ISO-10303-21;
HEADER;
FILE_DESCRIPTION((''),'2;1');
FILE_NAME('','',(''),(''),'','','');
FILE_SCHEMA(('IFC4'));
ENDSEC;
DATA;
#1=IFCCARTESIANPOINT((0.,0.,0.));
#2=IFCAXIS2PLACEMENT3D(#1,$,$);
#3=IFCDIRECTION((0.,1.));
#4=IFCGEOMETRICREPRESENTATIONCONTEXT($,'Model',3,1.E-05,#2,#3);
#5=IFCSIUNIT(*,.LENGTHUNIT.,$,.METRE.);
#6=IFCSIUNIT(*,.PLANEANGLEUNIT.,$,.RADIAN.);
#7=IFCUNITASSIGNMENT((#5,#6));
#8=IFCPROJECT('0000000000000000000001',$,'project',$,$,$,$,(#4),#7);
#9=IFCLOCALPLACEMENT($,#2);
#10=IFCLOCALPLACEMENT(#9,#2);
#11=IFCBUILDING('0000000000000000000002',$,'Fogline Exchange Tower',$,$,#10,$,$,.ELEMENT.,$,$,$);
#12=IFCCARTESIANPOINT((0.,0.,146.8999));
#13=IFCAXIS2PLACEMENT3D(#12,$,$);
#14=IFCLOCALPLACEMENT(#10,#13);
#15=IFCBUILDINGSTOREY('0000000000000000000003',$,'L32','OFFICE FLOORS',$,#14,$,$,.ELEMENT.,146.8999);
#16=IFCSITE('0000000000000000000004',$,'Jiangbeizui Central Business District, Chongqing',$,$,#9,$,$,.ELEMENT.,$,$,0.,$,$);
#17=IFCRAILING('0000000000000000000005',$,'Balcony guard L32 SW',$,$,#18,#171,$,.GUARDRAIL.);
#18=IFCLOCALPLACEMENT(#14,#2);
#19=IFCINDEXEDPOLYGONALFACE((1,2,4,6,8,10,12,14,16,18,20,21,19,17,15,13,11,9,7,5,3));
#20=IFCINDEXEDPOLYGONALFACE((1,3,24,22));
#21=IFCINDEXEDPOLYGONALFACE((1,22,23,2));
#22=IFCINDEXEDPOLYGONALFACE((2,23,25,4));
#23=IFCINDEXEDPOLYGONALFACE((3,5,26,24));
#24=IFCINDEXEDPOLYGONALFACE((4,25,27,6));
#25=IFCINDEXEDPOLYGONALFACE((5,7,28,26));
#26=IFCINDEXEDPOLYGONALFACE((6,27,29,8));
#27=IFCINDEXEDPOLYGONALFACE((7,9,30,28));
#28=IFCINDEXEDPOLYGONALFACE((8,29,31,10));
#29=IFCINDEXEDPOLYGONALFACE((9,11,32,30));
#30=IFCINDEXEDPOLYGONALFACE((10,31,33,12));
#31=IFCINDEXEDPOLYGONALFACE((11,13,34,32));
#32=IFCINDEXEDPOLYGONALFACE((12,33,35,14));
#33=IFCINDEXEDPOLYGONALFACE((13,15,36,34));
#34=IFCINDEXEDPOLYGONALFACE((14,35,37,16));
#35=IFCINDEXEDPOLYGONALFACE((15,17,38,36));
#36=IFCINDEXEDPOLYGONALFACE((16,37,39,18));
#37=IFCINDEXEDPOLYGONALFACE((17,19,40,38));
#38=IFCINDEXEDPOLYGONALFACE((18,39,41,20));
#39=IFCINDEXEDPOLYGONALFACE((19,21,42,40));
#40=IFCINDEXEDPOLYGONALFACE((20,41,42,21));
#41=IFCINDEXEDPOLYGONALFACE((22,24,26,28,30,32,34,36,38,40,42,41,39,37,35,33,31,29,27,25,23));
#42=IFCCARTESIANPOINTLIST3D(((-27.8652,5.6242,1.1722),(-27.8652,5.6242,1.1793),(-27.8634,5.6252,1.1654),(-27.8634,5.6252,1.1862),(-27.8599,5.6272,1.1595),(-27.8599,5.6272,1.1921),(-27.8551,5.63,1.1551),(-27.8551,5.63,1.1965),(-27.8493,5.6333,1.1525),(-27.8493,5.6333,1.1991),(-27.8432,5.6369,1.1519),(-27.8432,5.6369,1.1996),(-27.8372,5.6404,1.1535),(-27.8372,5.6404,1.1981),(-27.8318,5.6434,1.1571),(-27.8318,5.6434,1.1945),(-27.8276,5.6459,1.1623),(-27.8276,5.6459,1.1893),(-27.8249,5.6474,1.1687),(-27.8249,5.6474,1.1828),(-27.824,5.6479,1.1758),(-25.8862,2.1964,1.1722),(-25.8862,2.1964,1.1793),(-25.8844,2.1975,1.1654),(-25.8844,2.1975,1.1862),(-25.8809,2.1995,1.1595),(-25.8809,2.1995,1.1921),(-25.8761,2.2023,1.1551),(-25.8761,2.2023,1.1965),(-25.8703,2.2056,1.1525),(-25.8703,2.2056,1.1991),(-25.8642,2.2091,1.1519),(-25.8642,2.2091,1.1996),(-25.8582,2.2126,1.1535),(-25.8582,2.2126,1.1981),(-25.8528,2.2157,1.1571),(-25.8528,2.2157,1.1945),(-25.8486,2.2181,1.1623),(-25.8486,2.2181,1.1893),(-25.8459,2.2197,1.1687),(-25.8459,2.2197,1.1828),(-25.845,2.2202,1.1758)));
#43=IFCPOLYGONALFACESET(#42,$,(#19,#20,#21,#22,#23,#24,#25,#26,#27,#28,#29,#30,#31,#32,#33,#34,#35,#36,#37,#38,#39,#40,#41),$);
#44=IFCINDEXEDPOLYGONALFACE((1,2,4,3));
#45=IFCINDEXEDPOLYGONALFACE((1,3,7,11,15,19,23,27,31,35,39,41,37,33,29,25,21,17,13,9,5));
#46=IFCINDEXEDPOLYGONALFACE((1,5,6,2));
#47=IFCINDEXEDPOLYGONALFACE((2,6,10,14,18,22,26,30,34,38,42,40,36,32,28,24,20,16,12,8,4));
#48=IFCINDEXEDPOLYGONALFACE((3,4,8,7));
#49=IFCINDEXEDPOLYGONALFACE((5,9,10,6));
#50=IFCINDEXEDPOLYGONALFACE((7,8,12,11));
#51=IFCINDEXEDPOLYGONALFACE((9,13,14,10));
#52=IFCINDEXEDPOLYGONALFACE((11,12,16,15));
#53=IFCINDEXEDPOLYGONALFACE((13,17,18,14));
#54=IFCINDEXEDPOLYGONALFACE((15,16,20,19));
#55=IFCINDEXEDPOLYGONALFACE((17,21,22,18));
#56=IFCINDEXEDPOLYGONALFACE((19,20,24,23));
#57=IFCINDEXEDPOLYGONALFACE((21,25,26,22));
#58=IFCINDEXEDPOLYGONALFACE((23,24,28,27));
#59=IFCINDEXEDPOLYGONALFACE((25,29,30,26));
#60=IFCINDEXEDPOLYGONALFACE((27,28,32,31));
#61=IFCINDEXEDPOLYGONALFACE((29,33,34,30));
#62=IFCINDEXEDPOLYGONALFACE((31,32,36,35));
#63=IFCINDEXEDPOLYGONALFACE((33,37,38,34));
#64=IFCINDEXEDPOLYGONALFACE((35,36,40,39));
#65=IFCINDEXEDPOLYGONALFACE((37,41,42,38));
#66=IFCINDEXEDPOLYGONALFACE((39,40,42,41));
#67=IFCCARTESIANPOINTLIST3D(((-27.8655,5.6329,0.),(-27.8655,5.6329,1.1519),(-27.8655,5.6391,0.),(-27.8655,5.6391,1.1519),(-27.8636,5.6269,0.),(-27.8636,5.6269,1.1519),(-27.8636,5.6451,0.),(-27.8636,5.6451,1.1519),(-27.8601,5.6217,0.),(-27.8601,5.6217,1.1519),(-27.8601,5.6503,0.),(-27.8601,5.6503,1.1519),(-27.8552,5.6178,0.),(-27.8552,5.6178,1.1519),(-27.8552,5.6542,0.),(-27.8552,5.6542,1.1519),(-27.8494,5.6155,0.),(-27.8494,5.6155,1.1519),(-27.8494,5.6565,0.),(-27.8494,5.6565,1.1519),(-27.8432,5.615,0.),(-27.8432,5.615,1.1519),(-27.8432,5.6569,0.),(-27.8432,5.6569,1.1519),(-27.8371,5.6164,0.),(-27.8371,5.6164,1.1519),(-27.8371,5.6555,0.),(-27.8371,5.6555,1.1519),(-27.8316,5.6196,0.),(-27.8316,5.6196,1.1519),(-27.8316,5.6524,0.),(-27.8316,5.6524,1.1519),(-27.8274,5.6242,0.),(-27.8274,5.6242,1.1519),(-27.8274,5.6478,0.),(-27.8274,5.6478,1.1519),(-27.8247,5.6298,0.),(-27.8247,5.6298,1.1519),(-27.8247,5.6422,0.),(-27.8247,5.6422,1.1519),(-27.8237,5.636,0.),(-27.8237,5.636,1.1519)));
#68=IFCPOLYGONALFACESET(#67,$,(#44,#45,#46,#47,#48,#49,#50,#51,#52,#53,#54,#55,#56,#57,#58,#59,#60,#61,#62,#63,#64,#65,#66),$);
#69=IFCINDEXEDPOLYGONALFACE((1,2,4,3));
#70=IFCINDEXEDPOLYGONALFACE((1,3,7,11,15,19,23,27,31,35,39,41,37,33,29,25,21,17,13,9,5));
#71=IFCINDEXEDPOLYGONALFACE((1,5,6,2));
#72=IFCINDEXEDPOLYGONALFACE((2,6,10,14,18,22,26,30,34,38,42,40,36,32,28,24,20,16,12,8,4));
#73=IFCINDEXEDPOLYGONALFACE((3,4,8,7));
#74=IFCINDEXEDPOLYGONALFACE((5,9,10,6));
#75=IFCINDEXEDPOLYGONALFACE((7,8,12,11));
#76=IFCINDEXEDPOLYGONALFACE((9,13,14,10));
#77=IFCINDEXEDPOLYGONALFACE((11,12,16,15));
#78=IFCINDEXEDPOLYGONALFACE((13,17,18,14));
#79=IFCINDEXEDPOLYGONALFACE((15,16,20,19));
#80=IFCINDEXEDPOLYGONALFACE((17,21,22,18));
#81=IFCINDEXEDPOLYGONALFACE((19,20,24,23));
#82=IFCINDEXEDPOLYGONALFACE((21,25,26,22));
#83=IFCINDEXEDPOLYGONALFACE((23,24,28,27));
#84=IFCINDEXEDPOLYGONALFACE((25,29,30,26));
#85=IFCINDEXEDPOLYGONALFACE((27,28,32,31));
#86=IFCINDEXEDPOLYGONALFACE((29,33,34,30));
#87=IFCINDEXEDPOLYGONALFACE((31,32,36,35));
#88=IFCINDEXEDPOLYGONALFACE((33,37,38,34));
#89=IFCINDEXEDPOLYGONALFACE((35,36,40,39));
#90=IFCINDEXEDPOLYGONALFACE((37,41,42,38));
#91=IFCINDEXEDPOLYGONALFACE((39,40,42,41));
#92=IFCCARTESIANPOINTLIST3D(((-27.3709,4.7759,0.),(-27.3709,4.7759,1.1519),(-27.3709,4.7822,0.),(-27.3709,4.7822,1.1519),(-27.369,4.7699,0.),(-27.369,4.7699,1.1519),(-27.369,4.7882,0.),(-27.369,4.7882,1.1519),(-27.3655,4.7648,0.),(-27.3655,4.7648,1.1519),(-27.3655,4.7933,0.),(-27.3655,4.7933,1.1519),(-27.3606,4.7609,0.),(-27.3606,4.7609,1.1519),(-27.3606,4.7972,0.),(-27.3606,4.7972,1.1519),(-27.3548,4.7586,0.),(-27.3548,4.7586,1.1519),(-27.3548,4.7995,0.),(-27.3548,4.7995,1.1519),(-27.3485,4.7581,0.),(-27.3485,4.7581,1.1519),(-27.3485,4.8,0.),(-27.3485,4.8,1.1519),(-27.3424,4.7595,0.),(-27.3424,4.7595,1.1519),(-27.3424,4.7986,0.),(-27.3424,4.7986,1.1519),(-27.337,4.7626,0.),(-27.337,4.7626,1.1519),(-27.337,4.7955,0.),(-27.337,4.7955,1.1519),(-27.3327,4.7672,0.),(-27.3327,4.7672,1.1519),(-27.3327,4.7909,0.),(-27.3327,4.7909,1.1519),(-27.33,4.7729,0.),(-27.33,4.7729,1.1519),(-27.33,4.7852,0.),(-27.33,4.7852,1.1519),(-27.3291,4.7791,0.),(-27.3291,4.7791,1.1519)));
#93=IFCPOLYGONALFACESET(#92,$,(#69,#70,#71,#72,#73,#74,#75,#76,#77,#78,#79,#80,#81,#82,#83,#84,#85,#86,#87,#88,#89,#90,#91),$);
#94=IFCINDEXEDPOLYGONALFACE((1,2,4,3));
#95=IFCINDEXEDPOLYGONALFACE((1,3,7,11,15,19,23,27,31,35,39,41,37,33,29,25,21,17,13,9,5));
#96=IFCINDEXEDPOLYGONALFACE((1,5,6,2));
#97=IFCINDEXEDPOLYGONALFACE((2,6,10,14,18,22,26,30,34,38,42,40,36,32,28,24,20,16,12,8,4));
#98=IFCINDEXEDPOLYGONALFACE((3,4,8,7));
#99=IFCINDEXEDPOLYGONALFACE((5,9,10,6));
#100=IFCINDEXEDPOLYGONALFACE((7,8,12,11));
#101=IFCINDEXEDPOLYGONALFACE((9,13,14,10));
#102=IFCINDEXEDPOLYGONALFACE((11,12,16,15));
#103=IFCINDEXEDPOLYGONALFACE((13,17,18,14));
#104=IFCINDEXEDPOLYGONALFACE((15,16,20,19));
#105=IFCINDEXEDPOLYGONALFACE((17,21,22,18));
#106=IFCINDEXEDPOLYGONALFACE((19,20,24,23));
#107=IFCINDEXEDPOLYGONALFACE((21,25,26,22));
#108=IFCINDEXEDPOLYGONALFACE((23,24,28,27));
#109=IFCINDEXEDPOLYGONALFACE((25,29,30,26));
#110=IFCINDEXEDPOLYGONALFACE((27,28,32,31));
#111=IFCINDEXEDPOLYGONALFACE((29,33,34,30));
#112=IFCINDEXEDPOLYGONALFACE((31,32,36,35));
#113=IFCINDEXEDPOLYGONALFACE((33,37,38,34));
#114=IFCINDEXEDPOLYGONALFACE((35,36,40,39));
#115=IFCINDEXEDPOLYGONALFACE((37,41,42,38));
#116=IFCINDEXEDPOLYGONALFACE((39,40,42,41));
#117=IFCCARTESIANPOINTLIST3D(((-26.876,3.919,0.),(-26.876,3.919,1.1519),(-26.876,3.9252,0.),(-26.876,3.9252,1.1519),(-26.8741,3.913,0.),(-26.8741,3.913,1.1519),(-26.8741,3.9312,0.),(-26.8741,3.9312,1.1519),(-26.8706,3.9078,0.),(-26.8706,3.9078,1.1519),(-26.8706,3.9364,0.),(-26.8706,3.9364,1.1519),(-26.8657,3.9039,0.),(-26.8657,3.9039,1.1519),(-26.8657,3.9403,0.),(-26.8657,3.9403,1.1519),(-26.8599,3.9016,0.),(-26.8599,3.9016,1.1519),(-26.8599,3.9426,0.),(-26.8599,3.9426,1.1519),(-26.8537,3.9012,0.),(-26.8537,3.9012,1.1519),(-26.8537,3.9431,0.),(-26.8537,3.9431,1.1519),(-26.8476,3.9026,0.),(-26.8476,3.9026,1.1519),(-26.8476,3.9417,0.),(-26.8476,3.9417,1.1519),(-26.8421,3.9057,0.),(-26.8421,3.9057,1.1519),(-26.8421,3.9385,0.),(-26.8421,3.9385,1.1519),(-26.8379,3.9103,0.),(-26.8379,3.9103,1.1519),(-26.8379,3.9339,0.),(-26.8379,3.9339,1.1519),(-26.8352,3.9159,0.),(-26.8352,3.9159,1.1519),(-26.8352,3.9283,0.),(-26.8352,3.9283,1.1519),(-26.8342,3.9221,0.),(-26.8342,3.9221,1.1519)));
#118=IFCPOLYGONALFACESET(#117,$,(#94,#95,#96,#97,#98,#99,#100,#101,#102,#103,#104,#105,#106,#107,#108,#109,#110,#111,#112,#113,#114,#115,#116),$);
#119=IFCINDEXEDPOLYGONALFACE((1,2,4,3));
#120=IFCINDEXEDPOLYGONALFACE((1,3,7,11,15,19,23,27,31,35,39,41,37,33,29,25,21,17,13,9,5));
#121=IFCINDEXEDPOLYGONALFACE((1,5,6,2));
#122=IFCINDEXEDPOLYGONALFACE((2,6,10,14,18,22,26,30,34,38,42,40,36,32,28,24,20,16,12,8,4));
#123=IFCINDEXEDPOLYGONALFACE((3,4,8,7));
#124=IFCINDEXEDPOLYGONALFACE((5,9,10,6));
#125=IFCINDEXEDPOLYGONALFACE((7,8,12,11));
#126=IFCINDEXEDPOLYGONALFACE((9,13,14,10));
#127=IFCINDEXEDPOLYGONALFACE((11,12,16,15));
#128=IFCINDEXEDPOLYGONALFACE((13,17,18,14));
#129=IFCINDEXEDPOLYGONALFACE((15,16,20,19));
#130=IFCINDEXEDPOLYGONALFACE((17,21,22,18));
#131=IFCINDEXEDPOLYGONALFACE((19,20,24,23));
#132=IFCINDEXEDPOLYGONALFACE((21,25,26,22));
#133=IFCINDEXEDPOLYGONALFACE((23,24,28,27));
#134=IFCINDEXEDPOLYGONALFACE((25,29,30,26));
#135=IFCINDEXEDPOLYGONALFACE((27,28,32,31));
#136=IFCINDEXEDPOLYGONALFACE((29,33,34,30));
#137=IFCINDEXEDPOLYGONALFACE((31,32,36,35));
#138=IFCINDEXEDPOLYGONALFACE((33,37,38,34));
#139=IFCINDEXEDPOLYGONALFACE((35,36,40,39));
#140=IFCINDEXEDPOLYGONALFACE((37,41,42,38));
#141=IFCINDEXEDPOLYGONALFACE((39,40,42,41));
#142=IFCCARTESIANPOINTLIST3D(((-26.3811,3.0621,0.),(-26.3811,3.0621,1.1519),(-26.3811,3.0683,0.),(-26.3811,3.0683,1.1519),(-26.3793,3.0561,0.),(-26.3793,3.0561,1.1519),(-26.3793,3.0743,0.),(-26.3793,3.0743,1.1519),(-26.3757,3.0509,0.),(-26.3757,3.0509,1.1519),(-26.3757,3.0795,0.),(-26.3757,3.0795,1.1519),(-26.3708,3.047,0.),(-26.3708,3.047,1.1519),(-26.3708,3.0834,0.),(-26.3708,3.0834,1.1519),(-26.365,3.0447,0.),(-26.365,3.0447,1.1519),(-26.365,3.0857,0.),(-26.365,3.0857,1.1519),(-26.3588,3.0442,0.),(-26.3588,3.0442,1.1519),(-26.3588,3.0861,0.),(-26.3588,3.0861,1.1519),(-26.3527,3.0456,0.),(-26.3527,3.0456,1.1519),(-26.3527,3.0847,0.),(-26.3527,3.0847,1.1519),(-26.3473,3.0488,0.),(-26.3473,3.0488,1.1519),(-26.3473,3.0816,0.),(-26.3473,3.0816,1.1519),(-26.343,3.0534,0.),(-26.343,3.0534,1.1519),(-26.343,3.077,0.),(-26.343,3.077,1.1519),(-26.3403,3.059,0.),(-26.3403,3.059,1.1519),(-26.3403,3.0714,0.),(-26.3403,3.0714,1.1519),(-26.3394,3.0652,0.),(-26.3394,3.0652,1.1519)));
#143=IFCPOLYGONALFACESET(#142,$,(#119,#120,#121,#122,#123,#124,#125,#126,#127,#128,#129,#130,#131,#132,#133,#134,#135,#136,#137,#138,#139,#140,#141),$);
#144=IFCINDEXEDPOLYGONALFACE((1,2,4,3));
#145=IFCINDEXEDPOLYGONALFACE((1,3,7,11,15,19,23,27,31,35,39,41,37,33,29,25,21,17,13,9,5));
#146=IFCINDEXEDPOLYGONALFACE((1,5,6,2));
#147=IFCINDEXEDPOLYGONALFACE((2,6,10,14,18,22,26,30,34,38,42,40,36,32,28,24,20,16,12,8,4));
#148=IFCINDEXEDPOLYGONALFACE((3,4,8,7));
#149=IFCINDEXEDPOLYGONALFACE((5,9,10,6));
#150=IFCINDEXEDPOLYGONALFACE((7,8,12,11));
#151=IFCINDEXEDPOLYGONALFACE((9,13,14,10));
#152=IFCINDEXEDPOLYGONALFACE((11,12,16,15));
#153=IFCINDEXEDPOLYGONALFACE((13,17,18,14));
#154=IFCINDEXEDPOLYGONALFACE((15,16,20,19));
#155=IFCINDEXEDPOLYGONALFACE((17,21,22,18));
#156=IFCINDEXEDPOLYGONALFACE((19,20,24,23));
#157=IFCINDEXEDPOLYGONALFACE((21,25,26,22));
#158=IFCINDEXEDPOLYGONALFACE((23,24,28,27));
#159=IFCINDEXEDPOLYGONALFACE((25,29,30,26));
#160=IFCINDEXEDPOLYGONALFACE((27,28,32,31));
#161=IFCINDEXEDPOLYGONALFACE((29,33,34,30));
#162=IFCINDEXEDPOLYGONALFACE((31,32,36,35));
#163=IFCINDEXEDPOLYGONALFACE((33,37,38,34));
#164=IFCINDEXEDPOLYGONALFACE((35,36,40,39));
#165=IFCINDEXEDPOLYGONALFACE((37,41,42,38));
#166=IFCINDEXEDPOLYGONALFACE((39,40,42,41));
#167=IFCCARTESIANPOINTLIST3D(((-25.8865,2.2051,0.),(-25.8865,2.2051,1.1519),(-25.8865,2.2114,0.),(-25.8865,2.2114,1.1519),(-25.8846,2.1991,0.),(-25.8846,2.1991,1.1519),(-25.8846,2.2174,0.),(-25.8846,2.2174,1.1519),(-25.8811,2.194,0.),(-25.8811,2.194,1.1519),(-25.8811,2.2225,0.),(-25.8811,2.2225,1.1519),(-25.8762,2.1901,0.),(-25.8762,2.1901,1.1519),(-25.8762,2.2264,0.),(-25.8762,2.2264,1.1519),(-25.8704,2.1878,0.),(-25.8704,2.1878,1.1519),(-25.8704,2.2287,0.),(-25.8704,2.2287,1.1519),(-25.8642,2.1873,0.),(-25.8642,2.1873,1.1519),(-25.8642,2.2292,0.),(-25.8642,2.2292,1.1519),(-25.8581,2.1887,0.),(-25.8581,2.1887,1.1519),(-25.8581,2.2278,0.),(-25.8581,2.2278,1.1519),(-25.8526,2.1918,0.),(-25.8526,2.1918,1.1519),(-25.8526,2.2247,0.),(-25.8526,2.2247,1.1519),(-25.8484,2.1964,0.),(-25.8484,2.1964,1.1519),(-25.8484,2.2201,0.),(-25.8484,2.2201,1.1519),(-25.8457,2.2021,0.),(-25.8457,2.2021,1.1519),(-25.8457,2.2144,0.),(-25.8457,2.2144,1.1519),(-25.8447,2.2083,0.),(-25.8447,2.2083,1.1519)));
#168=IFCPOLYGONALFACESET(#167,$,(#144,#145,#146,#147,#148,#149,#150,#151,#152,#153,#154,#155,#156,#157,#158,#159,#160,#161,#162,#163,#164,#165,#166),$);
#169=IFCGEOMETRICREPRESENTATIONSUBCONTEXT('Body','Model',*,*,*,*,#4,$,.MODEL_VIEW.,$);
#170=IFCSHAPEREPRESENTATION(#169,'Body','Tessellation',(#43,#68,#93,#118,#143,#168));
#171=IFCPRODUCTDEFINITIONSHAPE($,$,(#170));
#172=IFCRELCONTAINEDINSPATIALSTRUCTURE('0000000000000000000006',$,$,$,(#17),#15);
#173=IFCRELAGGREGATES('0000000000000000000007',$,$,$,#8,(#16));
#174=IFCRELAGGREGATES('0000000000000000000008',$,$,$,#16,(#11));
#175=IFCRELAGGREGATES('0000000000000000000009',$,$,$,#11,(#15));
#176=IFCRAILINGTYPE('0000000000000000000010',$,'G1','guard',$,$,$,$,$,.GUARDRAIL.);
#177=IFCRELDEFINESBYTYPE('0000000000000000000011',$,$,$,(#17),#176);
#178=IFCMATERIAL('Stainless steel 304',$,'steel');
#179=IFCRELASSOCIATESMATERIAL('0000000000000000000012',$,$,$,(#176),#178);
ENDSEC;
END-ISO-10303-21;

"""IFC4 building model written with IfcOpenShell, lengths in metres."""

from ifc_helpers import new_model, si_unit, direction, frame, origin, origin_2d, place, context, subcontext, project, spatial, circle, extrude, material, type_object, element, save


model = new_model("IFC4")

# Units and contexts
model_context = context("Model", 3, precision=1e-05, world=origin(), true_north=direction((0.0, 1.0)))
body_context = subcontext(model_context, "Body", "Model", "MODEL_VIEW")
ifc_project = project(units=[si_unit("LENGTHUNIT", "METRE"), si_unit("PLANEANGLEUNIT", "RADIAN")], contexts=[model_context])

# Site, building, storey
site_placement = place(None, origin())
site = spatial("IfcSite", under=ifc_project, at=site_placement, Name="Jiangbeizui Central Business District, Chongqing", CompositionType="ELEMENT", RefElevation=0.0)
building_placement = place(site_placement, origin())
building = spatial("IfcBuilding", under=site, at=building_placement, Name="Fogline Exchange Tower", CompositionType="ELEMENT")
storey_placement = place(building_placement, frame((0.0, 0.0, 146.8999)))
storey = spatial("IfcBuildingStorey", under=building, at=storey_placement, Name="L32", Description="OFFICE FLOORS", CompositionType="ELEMENT", Elevation=146.8999)

# Railing
ifc_material_1 = material(Name="Stainless steel 304", Category="steel")
railing_type = type_object("IfcRailingType", Name="G1", Description="guard", PredefinedType="GUARDRAIL", material=ifc_material_1)
railing_placement = place(storey_placement, frame((-27.8447, 5.636, 0.0)))
element("IfcRailing", 1, at=railing_placement, inside=storey, type_object=railing_type, Name="Balcony guard L32 SW", PredefinedType="GUARDRAIL", context=body_context, shape_type="SweptSolid", body=[
    extrude(circle(Radius=0.0239, at=origin_2d()), frame((0.0, 0.0, 1.1758), z_axis=(0.5, -0.866025, 0.0), x_axis=(0.866025, 0.5, 0.0)), (0.0, 0.0, 1.0), 3.958),
    extrude(circle(Radius=0.021, at=origin_2d()), origin(), (0.0, 0.0, 1.0), 1.1519),
    extrude(circle(Radius=0.021, at=origin_2d()), frame((0.4946, -0.8569, 0.0)), (0.0, 0.0, 1.0), 1.1519),
    extrude(circle(Radius=0.021, at=origin_2d()), frame((0.9895, -1.7139, 0.0)), (0.0, 0.0, 1.0), 1.1519),
    extrude(circle(Radius=0.021, at=origin_2d()), frame((1.4844, -2.5708, 0.0)), (0.0, 0.0, 1.0), 1.1519),
    extrude(circle(Radius=0.021, at=origin_2d()), frame((1.979, -3.4277, 0.0)), (0.0, 0.0, 1.0), 1.1519),
])

save(model, "model.ifc")
